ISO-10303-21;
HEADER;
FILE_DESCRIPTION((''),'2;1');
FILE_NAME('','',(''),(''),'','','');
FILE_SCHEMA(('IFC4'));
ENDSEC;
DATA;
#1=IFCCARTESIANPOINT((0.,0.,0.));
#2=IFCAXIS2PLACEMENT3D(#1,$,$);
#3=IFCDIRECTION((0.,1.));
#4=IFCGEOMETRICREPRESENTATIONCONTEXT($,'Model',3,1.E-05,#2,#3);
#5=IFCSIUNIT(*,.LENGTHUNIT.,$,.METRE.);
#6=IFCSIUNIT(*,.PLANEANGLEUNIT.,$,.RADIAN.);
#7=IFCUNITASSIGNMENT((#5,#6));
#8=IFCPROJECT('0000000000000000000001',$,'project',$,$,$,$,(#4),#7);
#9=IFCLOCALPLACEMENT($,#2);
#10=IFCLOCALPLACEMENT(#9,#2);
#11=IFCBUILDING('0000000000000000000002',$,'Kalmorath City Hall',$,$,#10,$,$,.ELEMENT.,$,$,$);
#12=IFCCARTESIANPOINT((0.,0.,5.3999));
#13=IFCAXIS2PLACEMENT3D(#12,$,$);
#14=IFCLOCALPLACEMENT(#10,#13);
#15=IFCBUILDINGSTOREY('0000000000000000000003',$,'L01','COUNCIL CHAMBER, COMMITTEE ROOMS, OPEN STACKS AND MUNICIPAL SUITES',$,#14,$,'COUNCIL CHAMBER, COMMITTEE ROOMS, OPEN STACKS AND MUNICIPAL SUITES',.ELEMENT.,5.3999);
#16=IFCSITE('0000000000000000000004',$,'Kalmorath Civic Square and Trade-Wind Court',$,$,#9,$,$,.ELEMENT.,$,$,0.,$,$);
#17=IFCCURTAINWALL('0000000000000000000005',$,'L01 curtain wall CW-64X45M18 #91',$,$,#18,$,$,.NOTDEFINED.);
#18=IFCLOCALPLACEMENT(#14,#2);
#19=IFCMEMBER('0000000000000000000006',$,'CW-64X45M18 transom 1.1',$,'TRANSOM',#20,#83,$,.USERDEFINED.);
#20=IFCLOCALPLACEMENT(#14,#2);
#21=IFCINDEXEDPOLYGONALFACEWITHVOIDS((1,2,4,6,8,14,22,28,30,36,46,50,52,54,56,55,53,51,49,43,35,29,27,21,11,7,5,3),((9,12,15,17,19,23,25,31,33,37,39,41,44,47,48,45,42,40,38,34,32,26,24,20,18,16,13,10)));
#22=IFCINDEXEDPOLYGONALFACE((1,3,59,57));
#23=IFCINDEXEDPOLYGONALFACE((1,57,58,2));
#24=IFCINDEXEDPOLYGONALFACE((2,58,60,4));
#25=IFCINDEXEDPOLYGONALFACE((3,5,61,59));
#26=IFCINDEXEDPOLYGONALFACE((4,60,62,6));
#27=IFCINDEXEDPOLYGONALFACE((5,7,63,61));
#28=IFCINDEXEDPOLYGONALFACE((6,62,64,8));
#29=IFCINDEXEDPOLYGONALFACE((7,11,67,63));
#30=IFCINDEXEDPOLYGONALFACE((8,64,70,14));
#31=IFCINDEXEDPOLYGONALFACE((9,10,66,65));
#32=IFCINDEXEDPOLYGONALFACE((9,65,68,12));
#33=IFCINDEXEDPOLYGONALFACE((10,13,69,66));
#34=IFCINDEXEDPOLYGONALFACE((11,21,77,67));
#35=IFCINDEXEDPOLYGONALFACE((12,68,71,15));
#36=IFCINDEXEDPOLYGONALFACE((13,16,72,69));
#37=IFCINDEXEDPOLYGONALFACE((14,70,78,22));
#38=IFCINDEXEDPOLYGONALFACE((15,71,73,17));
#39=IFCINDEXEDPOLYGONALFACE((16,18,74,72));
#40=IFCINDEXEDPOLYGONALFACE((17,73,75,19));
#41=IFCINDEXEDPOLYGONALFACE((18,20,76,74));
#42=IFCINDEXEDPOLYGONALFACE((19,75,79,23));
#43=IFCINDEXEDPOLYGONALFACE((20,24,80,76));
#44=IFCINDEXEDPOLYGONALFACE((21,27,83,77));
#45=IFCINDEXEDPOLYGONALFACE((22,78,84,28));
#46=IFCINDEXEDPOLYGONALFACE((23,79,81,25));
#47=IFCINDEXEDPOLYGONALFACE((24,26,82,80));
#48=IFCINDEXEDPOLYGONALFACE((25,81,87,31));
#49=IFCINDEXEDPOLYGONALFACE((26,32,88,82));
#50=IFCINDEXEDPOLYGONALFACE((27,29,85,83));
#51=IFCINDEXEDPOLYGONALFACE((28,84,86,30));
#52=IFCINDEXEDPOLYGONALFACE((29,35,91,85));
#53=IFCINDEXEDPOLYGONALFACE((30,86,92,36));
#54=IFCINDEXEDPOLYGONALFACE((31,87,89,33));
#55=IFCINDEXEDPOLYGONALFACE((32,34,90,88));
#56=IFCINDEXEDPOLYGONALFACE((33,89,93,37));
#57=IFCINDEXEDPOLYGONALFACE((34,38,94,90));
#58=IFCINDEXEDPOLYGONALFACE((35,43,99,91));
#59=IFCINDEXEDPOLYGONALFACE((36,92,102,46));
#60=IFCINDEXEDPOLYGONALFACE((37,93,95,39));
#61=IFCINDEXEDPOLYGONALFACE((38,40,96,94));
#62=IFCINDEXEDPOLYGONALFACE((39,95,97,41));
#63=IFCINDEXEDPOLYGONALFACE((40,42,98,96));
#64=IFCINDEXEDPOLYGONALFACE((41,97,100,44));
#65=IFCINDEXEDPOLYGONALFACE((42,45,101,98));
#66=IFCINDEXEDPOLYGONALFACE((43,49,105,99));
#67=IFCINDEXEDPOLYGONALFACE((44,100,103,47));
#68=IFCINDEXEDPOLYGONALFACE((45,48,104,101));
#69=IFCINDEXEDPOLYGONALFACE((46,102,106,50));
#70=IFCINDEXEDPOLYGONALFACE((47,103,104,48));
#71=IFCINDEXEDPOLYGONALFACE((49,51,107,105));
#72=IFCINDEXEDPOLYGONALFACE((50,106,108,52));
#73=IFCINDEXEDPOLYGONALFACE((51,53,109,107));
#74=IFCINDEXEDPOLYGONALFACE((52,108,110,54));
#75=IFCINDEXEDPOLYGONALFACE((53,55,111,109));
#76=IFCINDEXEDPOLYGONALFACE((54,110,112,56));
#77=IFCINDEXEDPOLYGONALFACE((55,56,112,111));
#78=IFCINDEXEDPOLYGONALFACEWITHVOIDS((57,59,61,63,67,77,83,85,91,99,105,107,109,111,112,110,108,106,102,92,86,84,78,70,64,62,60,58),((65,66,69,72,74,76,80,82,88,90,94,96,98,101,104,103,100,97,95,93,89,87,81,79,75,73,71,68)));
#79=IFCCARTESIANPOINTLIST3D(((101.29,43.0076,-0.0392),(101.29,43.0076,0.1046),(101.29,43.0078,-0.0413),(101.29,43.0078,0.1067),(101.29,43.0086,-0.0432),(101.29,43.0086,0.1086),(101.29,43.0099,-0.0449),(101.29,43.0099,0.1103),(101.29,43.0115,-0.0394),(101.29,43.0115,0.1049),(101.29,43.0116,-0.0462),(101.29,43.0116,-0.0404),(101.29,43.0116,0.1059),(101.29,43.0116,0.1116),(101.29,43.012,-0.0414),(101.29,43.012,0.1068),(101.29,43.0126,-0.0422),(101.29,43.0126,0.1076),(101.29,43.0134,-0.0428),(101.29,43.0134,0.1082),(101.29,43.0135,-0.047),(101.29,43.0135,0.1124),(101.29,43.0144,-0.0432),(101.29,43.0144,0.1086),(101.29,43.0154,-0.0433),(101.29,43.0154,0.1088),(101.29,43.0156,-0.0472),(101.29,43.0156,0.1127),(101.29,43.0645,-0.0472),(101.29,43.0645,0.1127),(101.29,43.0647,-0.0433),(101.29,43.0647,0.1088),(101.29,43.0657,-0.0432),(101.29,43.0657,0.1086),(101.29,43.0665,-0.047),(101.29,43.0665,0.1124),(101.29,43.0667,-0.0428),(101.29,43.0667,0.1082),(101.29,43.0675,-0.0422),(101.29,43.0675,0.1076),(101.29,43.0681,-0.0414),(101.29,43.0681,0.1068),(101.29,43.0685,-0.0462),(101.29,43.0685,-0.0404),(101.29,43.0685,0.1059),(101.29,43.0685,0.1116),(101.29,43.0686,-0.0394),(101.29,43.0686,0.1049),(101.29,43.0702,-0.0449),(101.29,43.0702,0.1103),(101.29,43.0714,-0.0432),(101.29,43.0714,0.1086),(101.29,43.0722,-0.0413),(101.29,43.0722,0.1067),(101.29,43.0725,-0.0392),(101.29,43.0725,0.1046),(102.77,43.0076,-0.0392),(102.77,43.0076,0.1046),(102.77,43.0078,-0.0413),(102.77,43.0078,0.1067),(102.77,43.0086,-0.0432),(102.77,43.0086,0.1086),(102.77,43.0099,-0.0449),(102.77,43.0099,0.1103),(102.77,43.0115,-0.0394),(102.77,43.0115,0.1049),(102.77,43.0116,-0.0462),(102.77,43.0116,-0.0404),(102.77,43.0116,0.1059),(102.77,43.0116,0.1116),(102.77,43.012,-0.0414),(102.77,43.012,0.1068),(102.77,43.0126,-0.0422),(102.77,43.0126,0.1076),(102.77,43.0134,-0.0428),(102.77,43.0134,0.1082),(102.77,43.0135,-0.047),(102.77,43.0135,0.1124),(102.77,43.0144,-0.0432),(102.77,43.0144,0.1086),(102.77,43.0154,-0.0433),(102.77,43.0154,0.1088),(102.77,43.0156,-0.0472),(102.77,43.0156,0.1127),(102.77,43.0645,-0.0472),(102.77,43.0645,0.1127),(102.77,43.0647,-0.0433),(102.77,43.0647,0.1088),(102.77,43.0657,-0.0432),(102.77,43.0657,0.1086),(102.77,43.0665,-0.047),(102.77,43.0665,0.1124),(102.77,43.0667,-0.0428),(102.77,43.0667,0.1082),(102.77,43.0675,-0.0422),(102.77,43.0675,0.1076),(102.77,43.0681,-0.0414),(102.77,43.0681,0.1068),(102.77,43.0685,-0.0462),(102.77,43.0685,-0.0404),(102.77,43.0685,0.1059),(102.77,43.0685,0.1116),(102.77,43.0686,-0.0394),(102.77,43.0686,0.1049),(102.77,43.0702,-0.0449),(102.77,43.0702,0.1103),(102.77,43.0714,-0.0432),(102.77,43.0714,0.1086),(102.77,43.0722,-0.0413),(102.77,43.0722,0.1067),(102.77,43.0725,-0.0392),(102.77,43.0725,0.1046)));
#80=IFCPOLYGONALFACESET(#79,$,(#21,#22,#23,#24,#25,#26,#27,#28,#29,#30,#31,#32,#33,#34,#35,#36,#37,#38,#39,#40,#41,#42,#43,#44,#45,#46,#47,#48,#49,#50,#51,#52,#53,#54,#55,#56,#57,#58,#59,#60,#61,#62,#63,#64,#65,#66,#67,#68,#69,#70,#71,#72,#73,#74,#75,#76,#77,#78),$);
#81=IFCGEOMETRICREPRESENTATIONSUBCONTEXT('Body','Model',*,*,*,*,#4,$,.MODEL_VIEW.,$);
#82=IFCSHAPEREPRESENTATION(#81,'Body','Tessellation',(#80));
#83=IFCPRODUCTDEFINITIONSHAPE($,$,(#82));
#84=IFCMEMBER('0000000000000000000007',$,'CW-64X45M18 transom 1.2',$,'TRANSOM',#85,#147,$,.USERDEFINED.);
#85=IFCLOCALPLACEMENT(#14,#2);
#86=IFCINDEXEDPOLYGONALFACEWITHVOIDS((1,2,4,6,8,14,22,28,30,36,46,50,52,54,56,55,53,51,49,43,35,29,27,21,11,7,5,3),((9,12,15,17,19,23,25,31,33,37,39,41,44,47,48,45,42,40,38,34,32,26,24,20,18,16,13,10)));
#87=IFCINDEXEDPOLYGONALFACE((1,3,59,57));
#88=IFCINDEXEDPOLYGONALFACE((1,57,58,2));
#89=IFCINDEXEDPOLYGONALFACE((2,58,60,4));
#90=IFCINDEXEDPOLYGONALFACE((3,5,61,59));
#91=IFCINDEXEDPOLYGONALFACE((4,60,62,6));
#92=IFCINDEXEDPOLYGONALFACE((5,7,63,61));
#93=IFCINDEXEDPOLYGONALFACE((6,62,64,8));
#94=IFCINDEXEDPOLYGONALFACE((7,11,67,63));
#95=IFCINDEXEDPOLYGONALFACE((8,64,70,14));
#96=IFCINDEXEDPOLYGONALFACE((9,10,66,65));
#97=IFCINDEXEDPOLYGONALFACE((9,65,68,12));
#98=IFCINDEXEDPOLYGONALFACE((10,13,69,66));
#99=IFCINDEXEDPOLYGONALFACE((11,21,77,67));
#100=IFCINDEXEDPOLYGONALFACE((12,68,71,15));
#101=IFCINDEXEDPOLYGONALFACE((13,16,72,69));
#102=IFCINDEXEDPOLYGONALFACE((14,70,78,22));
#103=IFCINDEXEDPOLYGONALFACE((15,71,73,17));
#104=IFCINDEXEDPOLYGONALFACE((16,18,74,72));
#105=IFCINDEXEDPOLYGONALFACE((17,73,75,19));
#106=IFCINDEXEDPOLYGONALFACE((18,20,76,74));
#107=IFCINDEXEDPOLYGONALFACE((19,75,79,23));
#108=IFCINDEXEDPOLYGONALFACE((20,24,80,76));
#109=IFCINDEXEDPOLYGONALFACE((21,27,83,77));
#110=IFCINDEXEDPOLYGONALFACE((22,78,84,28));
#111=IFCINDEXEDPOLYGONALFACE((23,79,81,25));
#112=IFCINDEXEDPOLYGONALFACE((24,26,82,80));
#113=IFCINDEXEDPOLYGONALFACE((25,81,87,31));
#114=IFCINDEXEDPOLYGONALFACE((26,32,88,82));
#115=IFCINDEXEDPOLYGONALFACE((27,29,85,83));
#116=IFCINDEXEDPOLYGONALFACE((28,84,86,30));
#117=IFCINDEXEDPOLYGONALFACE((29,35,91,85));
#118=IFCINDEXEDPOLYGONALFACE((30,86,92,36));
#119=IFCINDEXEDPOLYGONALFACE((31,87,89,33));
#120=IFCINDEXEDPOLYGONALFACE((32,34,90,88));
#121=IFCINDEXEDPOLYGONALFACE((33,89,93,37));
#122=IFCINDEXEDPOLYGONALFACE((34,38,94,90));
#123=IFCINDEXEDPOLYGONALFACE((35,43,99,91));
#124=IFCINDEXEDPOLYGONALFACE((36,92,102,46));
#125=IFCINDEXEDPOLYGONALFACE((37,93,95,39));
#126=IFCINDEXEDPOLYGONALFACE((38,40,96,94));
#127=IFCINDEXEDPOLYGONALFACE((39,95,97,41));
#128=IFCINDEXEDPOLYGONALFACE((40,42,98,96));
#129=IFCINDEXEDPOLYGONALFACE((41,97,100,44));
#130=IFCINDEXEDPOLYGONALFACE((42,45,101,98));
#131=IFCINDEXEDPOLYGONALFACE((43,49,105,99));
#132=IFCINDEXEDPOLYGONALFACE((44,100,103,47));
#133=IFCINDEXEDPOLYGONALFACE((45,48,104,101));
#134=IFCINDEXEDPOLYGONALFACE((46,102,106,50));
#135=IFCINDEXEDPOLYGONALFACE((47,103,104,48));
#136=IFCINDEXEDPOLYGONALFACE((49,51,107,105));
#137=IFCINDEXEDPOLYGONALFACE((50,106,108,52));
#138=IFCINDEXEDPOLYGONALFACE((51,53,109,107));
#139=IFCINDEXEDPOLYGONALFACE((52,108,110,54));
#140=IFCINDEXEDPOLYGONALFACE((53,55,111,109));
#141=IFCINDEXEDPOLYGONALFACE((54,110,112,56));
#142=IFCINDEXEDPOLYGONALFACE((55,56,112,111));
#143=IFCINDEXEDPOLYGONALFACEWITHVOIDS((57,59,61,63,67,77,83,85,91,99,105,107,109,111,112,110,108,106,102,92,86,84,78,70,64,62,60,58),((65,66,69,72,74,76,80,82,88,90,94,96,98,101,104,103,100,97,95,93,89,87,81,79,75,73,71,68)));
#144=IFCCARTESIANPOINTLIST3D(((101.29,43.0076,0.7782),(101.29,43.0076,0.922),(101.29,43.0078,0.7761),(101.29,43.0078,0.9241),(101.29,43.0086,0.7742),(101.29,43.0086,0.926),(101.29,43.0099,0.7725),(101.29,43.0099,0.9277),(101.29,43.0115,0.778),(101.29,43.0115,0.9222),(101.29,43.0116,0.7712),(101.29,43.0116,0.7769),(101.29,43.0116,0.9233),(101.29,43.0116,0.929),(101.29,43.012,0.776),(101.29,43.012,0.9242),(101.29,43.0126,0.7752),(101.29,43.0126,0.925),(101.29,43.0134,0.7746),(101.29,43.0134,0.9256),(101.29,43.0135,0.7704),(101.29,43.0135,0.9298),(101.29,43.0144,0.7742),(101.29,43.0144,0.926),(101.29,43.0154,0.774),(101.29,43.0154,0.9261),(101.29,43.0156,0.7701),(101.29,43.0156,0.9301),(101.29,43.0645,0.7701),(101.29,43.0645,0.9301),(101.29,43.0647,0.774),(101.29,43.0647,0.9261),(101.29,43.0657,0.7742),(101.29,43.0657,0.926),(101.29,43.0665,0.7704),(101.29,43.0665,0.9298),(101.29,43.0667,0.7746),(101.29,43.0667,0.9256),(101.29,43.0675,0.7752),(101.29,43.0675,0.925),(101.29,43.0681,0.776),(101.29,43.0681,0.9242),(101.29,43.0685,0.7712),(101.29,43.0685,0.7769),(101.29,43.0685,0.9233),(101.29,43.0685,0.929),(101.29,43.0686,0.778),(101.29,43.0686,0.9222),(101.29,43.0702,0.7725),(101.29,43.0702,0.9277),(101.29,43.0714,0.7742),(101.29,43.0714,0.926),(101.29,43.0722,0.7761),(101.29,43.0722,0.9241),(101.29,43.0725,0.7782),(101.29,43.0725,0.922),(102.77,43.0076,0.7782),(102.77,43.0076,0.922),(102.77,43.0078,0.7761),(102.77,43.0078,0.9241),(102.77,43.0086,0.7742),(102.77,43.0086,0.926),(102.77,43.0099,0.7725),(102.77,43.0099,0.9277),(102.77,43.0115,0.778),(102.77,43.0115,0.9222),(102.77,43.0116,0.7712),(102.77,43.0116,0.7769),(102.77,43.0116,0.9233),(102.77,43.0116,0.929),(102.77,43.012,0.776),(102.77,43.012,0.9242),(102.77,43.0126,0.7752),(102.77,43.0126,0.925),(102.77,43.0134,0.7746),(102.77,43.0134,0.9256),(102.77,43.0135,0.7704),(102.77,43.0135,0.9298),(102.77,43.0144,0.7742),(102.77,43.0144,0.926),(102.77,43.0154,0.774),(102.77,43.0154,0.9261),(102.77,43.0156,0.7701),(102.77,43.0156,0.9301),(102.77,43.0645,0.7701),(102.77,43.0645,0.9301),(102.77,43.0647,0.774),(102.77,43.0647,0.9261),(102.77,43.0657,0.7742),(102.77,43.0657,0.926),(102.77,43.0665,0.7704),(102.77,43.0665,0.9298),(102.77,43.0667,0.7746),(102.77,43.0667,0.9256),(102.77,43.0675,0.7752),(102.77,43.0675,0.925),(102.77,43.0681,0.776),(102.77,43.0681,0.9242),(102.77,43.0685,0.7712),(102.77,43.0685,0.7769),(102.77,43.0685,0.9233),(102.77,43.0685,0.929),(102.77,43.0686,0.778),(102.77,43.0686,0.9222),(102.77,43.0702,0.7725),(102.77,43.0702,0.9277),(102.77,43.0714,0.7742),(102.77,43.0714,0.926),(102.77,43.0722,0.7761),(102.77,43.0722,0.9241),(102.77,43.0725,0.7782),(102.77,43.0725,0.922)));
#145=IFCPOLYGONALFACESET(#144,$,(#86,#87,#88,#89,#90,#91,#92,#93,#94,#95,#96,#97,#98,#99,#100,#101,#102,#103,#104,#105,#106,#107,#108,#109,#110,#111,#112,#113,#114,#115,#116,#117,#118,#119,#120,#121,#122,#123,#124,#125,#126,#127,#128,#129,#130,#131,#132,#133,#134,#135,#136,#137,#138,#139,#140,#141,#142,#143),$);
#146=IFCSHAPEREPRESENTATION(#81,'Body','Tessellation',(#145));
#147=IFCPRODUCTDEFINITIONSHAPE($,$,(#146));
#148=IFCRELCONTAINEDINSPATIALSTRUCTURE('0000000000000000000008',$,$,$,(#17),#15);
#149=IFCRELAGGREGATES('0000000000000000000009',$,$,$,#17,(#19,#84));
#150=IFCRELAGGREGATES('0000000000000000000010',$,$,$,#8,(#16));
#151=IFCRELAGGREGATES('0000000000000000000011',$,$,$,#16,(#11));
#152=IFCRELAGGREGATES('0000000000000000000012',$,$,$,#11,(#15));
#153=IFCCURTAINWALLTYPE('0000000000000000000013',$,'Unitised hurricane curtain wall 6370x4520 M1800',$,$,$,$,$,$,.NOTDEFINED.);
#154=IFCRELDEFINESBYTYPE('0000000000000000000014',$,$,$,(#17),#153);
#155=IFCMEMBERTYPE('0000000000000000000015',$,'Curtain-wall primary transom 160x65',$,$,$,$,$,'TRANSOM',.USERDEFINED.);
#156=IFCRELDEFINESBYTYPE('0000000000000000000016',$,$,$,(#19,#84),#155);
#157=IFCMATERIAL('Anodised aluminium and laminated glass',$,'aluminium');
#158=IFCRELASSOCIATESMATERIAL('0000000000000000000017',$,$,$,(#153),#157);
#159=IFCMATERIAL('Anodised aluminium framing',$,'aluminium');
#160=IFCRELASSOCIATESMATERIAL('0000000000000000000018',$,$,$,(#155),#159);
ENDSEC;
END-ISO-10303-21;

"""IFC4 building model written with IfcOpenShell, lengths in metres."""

from ifc_helpers import new_model, si_unit, direction, frame, origin, origin_2d, place, context, subcontext, project, spatial, hollow_rectangle, extrude, material, material_profile, profile_set, type_object, element, aggregate, save


model = new_model("IFC4")

# Units and contexts
model_context = context("Model", 3, precision=1e-05, world=origin(), true_north=direction((0.0, 1.0)))
body_context = subcontext(model_context, "Body", "Model", "MODEL_VIEW")
ifc_project = project(units=[si_unit("LENGTHUNIT", "METRE"), si_unit("PLANEANGLEUNIT", "RADIAN")], contexts=[model_context])

# Site, building, storey
site_placement = place(None, origin())
site = spatial("IfcSite", under=ifc_project, at=site_placement, Name="Kalmorath Civic Square and Trade-Wind Court", CompositionType="ELEMENT", RefElevation=0.0)
building_placement = place(site_placement, origin())
building = spatial("IfcBuilding", under=site, at=building_placement, Name="Kalmorath City Hall", CompositionType="ELEMENT")
storey_placement = place(building_placement, frame((0.0, 0.0, 5.3999)))
storey = spatial("IfcBuildingStorey", under=building, at=storey_placement, Name="L01", Description="COUNCIL CHAMBER, COMMITTEE ROOMS, OPEN STACKS AND MUNICIPAL SUITES", LongName="COUNCIL CHAMBER, COMMITTEE ROOMS, OPEN STACKS AND MUNICIPAL SUITES", CompositionType="ELEMENT", Elevation=5.3999)

# Curtain wall
ifc_material_1 = material(Name="Anodised aluminium and laminated glass", Category="aluminium")
curtain_wall_type_1 = type_object("IfcCurtainWallType", Name="Unitised hurricane curtain wall 6370x4520 M1800", PredefinedType="NOTDEFINED", material=ifc_material_1)
curtain_wall_1_placement = place(storey_placement, origin())
curtain_wall_1 = element("IfcCurtainWall", 1, at=curtain_wall_1_placement, inside=storey, type_object=curtain_wall_type_1, Name="L01 curtain wall CW-64X45M18 #91", PredefinedType="NOTDEFINED")

# Members
ifc_material_2 = material(Name="Anodised aluminium framing", Category="aluminium")
ifc_material_profile_1 = material_profile(ifc_material_2, hollow_rectangle(XDim=0.0649, YDim=0.1599, WallThickness=0.0039, InnerFilletRadius=0.0039, OuterFilletRadius=0.0081, at=origin_2d()), Name="ALU-TRN-160X65X4")
ifc_profile_set_1 = profile_set([ifc_material_profile_1], Name="Anodised aluminium framing")
member_type_1 = type_object("IfcMemberType", Name="Curtain-wall primary transom 160x65", ElementType="TRANSOM", PredefinedType="USERDEFINED", material=ifc_profile_set_1)
member_1_placement = place(storey_placement, frame((101.29, 43.04, 0.0327), z_axis=(1.0, 0.0, 0.0), x_axis=(0.0, 1.0, 0.0)))
member_1 = element("IfcMember", 2, at=member_1_placement, type_object=member_type_1, Name="CW-64X45M18 transom 1.1", ObjectType="TRANSOM", PredefinedType="USERDEFINED", context=body_context, shape_type="SweptSolid", body=[
    extrude(hollow_rectangle(XDim=0.0649, YDim=0.1599, WallThickness=0.0039, InnerFilletRadius=0.0039, OuterFilletRadius=0.0081, at=origin_2d()), origin(), (0.0, 0.0, 1.0), 1.48),
])
member_2_placement = place(storey_placement, frame((101.29, 43.04, 0.8501), z_axis=(1.0, 0.0, 0.0), x_axis=(0.0, 1.0, 0.0)))
member_2 = element("IfcMember", 3, at=member_2_placement, type_object=member_type_1, Name="CW-64X45M18 transom 1.2", ObjectType="TRANSOM", PredefinedType="USERDEFINED", context=body_context, shape_type="SweptSolid", body=[
    extrude(hollow_rectangle(XDim=0.0649, YDim=0.1599, WallThickness=0.0039, InnerFilletRadius=0.0039, OuterFilletRadius=0.0081, at=origin_2d()), origin(), (0.0, 0.0, 1.0), 1.48),
])
aggregate(curtain_wall_1, [member_1, member_2])

save(model, "model.ifc")
